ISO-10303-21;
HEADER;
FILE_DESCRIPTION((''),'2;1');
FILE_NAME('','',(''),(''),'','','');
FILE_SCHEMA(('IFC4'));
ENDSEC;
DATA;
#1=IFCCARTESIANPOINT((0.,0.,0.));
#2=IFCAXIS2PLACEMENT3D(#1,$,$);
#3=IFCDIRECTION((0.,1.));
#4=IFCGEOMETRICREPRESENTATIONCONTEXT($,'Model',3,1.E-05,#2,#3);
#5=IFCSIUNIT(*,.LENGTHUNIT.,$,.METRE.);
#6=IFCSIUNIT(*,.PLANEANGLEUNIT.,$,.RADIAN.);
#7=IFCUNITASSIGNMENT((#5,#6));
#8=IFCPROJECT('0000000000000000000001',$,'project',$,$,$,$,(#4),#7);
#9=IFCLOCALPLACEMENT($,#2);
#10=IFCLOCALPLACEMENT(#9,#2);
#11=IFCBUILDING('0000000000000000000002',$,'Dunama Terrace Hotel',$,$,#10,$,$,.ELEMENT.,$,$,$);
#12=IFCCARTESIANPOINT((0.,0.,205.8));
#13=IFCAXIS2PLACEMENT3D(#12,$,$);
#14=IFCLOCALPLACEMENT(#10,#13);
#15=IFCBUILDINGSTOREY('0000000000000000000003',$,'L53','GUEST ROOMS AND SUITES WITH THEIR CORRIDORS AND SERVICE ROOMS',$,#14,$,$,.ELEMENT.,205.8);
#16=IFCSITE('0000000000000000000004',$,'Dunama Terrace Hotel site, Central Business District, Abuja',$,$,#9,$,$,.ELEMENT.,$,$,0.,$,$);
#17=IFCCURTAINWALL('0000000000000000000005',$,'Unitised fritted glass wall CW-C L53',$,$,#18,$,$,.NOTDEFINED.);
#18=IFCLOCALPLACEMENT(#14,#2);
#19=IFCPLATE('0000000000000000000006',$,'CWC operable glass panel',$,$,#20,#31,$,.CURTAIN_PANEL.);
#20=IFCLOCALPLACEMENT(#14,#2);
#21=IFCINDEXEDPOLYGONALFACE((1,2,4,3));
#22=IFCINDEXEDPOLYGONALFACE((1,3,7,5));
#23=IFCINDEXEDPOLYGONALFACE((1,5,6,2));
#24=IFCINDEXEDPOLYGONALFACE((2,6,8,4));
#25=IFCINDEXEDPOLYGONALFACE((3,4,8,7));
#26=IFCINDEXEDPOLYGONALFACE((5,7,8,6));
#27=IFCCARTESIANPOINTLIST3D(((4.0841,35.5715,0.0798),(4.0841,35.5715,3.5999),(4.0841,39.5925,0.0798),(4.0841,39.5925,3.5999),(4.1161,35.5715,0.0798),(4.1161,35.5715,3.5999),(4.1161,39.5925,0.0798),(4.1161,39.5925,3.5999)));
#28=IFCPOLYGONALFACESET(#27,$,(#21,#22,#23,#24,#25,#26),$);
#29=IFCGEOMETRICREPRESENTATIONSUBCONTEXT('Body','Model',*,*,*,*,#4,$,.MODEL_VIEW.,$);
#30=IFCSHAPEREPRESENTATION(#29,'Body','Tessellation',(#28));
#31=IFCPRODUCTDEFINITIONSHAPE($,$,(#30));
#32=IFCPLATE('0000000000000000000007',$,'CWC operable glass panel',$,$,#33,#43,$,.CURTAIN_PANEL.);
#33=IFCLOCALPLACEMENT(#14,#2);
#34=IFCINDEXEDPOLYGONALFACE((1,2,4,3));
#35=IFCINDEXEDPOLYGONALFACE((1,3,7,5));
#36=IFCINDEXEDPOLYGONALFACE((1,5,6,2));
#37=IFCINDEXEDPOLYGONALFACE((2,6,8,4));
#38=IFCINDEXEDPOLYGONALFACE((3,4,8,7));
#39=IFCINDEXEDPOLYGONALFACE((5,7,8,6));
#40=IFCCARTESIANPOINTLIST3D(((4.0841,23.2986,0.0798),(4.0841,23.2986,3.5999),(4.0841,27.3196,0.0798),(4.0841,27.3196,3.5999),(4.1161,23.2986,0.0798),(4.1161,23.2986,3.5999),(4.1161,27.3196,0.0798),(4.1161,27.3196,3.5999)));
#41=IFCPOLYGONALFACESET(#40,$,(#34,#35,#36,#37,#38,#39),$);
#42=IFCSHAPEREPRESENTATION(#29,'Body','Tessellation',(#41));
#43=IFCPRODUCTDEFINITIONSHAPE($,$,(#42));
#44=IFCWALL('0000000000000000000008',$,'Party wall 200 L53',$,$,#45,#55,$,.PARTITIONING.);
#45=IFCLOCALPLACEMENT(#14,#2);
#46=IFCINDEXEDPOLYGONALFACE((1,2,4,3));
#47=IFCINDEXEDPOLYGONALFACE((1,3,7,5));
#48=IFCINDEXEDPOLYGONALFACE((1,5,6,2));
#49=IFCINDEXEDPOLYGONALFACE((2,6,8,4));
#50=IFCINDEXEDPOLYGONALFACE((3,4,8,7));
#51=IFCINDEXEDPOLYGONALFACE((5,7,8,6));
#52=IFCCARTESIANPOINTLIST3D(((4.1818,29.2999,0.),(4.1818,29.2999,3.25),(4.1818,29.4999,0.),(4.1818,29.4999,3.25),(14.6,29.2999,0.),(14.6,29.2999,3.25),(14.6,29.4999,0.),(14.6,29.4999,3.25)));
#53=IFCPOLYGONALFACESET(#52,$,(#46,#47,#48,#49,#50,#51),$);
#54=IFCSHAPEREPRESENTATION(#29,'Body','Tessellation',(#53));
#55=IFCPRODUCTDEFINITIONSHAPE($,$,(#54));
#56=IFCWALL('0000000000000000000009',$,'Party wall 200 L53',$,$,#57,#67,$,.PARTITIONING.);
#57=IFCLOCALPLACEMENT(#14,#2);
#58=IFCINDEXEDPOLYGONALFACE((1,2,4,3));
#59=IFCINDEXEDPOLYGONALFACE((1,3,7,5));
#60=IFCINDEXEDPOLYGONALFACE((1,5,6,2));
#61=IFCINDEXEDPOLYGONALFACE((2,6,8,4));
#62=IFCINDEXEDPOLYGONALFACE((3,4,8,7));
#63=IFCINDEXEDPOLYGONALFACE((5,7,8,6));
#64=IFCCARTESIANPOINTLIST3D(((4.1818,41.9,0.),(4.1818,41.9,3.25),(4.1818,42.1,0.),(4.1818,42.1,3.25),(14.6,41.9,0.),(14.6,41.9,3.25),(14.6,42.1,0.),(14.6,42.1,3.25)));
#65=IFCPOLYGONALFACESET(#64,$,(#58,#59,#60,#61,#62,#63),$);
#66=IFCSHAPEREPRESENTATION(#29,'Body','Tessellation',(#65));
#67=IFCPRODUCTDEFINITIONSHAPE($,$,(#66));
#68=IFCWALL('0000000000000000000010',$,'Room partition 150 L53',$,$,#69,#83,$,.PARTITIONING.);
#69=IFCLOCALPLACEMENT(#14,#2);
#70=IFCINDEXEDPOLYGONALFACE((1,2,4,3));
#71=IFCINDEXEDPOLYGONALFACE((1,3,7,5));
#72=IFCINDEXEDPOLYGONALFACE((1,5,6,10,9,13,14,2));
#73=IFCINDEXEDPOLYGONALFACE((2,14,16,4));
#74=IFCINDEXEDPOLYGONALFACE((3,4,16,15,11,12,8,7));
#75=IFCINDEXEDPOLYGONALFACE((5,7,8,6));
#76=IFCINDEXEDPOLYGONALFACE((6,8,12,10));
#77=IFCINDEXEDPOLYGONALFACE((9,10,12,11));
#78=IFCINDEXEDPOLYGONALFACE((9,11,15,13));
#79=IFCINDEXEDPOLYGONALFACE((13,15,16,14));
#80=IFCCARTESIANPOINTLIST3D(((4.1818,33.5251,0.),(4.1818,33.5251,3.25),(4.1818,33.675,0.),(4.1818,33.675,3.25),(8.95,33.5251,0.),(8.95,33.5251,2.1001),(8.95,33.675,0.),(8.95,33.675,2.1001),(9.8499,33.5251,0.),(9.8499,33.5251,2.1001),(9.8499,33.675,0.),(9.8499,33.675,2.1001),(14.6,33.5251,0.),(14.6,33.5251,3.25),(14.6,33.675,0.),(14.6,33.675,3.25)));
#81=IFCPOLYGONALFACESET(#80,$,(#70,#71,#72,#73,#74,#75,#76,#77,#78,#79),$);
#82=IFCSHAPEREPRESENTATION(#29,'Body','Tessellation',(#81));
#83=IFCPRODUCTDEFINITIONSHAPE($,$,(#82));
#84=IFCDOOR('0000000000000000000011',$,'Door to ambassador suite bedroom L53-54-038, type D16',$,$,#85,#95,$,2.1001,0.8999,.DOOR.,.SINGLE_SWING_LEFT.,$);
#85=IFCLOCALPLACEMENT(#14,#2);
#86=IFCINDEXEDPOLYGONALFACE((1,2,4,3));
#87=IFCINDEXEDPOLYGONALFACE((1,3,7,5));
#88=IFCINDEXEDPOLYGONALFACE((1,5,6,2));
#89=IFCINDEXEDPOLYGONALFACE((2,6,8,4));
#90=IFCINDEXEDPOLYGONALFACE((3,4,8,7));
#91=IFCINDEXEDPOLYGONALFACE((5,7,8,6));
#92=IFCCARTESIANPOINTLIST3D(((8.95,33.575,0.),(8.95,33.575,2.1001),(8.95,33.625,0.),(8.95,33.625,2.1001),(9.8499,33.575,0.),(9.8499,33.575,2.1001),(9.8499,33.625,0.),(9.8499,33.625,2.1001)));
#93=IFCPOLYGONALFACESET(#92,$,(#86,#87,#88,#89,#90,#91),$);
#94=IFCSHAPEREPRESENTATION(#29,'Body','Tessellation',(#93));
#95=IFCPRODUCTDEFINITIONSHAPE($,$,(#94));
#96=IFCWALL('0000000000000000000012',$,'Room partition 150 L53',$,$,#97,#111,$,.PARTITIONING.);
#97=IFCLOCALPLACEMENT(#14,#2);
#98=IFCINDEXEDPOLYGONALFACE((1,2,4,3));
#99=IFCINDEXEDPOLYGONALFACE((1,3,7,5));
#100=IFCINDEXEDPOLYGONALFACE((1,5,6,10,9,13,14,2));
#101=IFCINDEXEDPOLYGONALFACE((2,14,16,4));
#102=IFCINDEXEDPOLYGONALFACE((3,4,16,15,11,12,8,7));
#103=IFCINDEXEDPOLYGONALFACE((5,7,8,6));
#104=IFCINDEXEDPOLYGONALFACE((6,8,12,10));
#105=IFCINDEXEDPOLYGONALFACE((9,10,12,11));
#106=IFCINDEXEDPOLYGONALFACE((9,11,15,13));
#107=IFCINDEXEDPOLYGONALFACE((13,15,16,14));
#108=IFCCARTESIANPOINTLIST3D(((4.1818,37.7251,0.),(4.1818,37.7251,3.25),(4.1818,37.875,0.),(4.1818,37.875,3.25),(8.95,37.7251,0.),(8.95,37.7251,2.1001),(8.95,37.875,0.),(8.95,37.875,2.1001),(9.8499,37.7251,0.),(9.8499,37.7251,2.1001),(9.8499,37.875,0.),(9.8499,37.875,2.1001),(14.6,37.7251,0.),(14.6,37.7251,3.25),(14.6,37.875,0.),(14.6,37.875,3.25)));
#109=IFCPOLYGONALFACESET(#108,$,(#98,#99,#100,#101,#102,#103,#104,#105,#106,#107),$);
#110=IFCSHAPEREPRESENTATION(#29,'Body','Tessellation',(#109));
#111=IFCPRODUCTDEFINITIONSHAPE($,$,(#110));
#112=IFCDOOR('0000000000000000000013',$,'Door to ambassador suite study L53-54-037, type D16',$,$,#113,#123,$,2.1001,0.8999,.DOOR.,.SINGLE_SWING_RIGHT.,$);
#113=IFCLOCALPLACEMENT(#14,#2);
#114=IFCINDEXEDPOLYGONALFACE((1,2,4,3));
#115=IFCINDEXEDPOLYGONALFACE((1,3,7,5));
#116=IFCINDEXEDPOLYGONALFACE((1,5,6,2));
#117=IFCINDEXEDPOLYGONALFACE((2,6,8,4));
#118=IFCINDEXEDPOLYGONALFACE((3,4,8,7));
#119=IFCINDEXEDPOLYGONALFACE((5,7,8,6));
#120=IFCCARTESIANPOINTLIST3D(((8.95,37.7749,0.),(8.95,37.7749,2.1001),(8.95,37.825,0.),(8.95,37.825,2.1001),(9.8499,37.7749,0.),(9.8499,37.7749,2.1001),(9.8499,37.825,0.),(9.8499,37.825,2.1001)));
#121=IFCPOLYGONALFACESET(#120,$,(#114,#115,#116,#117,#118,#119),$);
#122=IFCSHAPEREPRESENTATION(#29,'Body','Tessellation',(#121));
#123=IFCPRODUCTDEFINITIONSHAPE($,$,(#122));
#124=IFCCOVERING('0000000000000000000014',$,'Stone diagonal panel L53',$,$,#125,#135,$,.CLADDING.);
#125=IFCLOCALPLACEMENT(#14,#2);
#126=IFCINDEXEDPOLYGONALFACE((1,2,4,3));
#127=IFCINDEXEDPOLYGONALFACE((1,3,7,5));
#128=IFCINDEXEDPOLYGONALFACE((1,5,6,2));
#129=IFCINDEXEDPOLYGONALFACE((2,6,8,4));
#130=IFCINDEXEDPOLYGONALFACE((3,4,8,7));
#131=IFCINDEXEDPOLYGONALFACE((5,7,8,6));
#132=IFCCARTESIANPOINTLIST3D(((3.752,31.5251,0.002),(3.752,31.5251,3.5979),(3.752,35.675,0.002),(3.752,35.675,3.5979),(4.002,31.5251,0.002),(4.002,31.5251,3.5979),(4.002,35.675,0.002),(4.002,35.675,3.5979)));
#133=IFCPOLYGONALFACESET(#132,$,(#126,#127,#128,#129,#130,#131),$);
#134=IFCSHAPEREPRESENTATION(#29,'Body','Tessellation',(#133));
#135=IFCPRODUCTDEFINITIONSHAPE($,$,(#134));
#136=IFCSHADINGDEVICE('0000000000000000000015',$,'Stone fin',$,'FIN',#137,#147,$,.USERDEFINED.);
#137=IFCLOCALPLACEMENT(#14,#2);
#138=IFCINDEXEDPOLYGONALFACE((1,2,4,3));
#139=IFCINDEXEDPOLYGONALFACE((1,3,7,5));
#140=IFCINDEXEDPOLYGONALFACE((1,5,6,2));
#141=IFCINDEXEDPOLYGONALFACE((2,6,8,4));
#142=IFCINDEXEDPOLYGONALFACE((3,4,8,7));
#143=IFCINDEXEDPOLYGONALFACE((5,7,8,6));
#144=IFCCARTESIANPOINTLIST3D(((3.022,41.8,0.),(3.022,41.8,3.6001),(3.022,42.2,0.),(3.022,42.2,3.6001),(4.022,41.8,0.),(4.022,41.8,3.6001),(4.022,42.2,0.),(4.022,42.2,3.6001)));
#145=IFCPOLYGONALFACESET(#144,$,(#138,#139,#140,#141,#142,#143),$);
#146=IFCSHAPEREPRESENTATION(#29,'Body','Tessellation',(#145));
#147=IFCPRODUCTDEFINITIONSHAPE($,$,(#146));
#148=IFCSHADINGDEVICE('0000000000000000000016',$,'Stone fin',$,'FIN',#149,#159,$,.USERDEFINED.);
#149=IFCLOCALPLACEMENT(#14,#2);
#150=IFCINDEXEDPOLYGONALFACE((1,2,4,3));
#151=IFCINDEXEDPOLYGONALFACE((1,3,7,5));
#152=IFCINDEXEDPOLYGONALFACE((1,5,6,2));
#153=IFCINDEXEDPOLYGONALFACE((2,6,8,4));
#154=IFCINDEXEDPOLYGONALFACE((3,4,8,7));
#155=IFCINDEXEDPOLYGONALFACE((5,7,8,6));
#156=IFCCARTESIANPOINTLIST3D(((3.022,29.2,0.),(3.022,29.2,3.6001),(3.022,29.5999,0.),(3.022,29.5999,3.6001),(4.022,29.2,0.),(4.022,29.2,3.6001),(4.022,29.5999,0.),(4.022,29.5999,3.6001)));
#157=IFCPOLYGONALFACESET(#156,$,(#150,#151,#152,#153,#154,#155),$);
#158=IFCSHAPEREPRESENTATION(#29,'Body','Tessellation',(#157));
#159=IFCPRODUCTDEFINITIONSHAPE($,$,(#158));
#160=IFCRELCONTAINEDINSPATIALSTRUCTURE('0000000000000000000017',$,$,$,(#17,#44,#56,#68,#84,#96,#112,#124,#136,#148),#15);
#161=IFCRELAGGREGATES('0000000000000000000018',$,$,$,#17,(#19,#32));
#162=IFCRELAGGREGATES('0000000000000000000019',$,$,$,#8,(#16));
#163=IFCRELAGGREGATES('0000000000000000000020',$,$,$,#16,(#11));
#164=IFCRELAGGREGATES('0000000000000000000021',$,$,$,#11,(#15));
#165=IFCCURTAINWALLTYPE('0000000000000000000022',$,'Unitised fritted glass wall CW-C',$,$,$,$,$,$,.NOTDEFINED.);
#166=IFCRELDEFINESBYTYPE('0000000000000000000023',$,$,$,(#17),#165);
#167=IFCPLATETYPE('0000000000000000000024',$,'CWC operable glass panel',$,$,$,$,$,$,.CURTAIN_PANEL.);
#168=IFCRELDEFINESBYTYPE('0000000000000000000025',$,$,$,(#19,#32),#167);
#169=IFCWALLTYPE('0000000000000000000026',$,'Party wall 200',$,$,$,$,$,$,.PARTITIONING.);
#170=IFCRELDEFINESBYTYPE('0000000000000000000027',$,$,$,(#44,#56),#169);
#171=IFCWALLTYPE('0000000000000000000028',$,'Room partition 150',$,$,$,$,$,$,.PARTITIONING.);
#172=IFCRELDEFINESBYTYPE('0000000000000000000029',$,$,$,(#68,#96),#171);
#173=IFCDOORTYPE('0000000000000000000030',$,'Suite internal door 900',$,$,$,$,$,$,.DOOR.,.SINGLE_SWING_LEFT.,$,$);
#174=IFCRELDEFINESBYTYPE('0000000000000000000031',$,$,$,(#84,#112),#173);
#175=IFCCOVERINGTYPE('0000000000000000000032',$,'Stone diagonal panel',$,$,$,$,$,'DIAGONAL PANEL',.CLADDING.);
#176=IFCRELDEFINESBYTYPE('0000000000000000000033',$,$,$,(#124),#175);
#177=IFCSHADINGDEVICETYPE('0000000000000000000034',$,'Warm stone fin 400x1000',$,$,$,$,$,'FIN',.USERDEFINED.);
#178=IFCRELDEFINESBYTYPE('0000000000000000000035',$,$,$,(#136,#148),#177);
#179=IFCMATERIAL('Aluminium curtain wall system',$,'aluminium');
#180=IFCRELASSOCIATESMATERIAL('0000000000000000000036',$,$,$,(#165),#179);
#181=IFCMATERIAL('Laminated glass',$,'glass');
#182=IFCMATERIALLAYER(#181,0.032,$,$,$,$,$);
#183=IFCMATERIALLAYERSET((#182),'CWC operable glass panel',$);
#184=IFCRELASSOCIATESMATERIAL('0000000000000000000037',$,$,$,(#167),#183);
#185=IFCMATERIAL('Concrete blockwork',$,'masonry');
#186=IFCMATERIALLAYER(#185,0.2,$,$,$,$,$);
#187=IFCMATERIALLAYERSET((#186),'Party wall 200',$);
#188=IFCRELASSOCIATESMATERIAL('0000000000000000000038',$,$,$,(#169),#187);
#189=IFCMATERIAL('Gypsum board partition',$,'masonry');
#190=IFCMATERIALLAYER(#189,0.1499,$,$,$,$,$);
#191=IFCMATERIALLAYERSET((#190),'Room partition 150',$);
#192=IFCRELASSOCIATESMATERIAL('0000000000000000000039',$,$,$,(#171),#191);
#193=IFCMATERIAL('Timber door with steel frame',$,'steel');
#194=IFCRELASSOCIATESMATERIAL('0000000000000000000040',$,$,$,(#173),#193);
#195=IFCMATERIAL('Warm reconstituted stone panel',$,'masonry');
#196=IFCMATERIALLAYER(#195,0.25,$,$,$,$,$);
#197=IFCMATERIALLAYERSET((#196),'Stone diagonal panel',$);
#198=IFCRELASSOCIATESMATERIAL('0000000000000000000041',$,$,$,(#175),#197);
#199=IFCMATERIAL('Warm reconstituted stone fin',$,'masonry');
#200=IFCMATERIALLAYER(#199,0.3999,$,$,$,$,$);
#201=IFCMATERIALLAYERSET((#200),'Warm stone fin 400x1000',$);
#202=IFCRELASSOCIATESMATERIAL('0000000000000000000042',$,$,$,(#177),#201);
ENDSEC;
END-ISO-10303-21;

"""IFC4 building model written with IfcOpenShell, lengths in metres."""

from ifc_helpers import new_model, si_unit, direction, frame, frame_2d, origin, origin_2d, place, context, subcontext, project, spatial, rectangle, extrude, material, layer, layer_set, type_object, element, fill, aggregate, save


model = new_model("IFC4")

# Units and contexts
model_context = context("Model", 3, precision=1e-05, world=origin(), true_north=direction((0.0, 1.0)))
body_context = subcontext(model_context, "Body", "Model", "MODEL_VIEW")
ifc_project = project(units=[si_unit("LENGTHUNIT", "METRE"), si_unit("PLANEANGLEUNIT", "RADIAN")], contexts=[model_context])

# Site, building, storey
site_placement = place(None, origin())
site = spatial("IfcSite", under=ifc_project, at=site_placement, Name="Dunama Terrace Hotel site, Central Business District, Abuja", CompositionType="ELEMENT", RefElevation=0.0)
building_placement = place(site_placement, origin())
building = spatial("IfcBuilding", under=site, at=building_placement, Name="Dunama Terrace Hotel", CompositionType="ELEMENT")
storey_placement = place(building_placement, frame((0.0, 0.0, 205.8)))
storey = spatial("IfcBuildingStorey", under=building, at=storey_placement, Name="L53", Description="GUEST ROOMS AND SUITES WITH THEIR CORRIDORS AND SERVICE ROOMS", CompositionType="ELEMENT", Elevation=205.8)

# Curtain wall, plates
ifc_material_1 = material(Name="Aluminium curtain wall system", Category="aluminium")
curtain_wall_type = type_object("IfcCurtainWallType", Name="Unitised fritted glass wall CW-C", PredefinedType="NOTDEFINED", material=ifc_material_1)
curtain_wall_placement = place(storey_placement, origin())
curtain_wall = element("IfcCurtainWall", 1, at=curtain_wall_placement, inside=storey, type_object=curtain_wall_type, Name="Unitised fritted glass wall CW-C L53", PredefinedType="NOTDEFINED")
ifc_material_2 = material(Name="Laminated glass", Category="glass")
ifc_layer_1 = layer(ifc_material_2, 0.032)
ifc_layer_set_1 = layer_set([ifc_layer_1], Name="CWC operable glass panel")
plate_type_1 = type_object("IfcPlateType", Name="CWC operable glass panel", PredefinedType="CURTAIN_PANEL", material=ifc_layer_set_1)
plate_1_placement = place(storey_placement, frame((4.1001, 37.582, 0.0798), z_axis=(0.0, 0.0, 1.0), x_axis=(0.0, -1.0, 0.0)))
plate_1 = element("IfcPlate", 2, at=plate_1_placement, type_object=plate_type_1, Name="CWC operable glass panel", PredefinedType="CURTAIN_PANEL", context=body_context, shape_type="SweptSolid", body=[
    extrude(rectangle(XDim=4.021, YDim=0.032, at=origin_2d()), origin(), (0.0, 0.0, 1.0), 3.52),
])
plate_2_placement = place(storey_placement, frame((4.1001, 25.3091, 0.0798), z_axis=(0.0, 0.0, 1.0), x_axis=(0.0, -1.0, 0.0)))
plate_2 = element("IfcPlate", 3, at=plate_2_placement, type_object=plate_type_1, Name="CWC operable glass panel", PredefinedType="CURTAIN_PANEL", context=body_context, shape_type="SweptSolid", body=[
    extrude(rectangle(XDim=4.021, YDim=0.032, at=origin_2d()), origin(), (0.0, 0.0, 1.0), 3.52),
])
aggregate(curtain_wall, [plate_1, plate_2])

# Walls
ifc_material_3 = material(Name="Concrete blockwork", Category="masonry")
ifc_layer_2 = layer(ifc_material_3, 0.2)
ifc_layer_set_2 = layer_set([ifc_layer_2], Name="Party wall 200")
wall_type_1 = type_object("IfcWallType", Name="Party wall 200", PredefinedType="PARTITIONING", material=ifc_layer_set_2)
for number, where, z_axis, x_axis, name in (
    (4, (4.1819, 29.3999, 0.0), (0.0, 0.0, 1.0), (1.0, 0.0, 0.0), "Party wall 200 L53"),
    (5, (4.1819, 42.0, 0.0), (0.0, 0.0, 1.0), (1.0, 0.0, 0.0), "Party wall 200 L53"),
):
    element("IfcWall", number, at=place(storey_placement, frame(where, z_axis=z_axis, x_axis=x_axis)), inside=storey, type_object=wall_type_1, Name=name, PredefinedType="PARTITIONING", context=body_context, shape_type="SweptSolid", body=[
        extrude(rectangle(XDim=10.4182, YDim=0.2, at=frame_2d((5.209, 0.0))), origin(), (0.0, 0.0, 1.0), 3.25),
    ])

# Walls, openings, doors
ifc_material_4 = material(Name="Gypsum board partition", Category="masonry")
ifc_layer_3 = layer(ifc_material_4, 0.1499)
ifc_layer_set_3 = layer_set([ifc_layer_3], Name="Room partition 150")
wall_type_2 = type_object("IfcWallType", Name="Room partition 150", PredefinedType="PARTITIONING", material=ifc_layer_set_3)
wall_1_placement = place(storey_placement, frame((4.1819, 33.6001, 0.0), z_axis=(0.0, 0.0, 1.0), x_axis=(1.0, 0.0, 0.0)))
wall_1 = element("IfcWall", 6, at=wall_1_placement, inside=storey, type_object=wall_type_2, Name="Room partition 150 L53", PredefinedType="PARTITIONING", context=body_context, shape_type="SweptSolid", body=[
    extrude(rectangle(XDim=10.4182, YDim=0.1499, at=frame_2d((5.209, 0.0))), origin(), (0.0, 0.0, 1.0), 3.25),
])
opening_1_placement = place(wall_1_placement, frame((4.7681, 0.0, 0.0)))
opening_1 = element("IfcOpeningElement", 7, at=opening_1_placement, cuts=wall_1, PredefinedType="OPENING", context=body_context, shape_type="SweptSolid", body=[
    extrude(rectangle(XDim=0.8999, YDim=2.1001, at=frame_2d((0.45, 1.05))), frame((0.0, 0.085, 0.0), z_axis=(0.0, -1.0, 0.0), x_axis=(1.0, 0.0, 0.0)), (0.0, 0.0, 1.0), 0.1699),
])
ifc_material_5 = material(Name="Timber door with steel frame", Category="steel")
door_type = type_object("IfcDoorType", Name="Suite internal door 900", OperationType="SINGLE_SWING_LEFT", PredefinedType="DOOR", material=ifc_material_5)
door_1_placement = place(opening_1_placement, frame((0.8999, 0.0, 0.0), z_axis=(0.0, 0.0, 1.0), x_axis=(-1.0, 0.0, 0.0)))
door_1 = element("IfcDoor", 8, at=door_1_placement, inside=storey, type_object=door_type, Name="Door to ambassador suite bedroom L53-54-038, type D16", OperationType="SINGLE_SWING_LEFT", OverallHeight=2.1001, OverallWidth=0.8999, PredefinedType="DOOR", context=body_context, shape_type="SweptSolid", body=[
    extrude(rectangle(XDim=0.8999, YDim=2.1001, at=frame_2d((0.45, 1.05))), frame((0.0, 0.0251, 0.0), z_axis=(0.0, -1.0, 0.0), x_axis=(1.0, 0.0, 0.0)), (0.0, 0.0, 1.0), 0.05),
])
fill(opening_1, door_1)
wall_2_placement = place(storey_placement, frame((4.1819, 37.8, 0.0), z_axis=(0.0, 0.0, 1.0), x_axis=(1.0, 0.0, 0.0)))
wall_2 = element("IfcWall", 9, at=wall_2_placement, inside=storey, type_object=wall_type_2, Name="Room partition 150 L53", PredefinedType="PARTITIONING", context=body_context, shape_type="SweptSolid", body=[
    extrude(rectangle(XDim=10.4182, YDim=0.1499, at=frame_2d((5.209, 0.0))), origin(), (0.0, 0.0, 1.0), 3.25),
])
opening_2_placement = place(wall_2_placement, frame((4.7681, 0.0, 0.0)))
opening_2 = element("IfcOpeningElement", 10, at=opening_2_placement, cuts=wall_2, PredefinedType="OPENING", context=body_context, shape_type="SweptSolid", body=[
    extrude(rectangle(XDim=0.8999, YDim=2.1001, at=frame_2d((0.45, 1.05))), frame((0.0, 0.085, 0.0), z_axis=(0.0, -1.0, 0.0), x_axis=(1.0, 0.0, 0.0)), (0.0, 0.0, 1.0), 0.1699),
])
door_2_placement = place(opening_2_placement, origin())
door_2 = element("IfcDoor", 11, at=door_2_placement, inside=storey, type_object=door_type, Name="Door to ambassador suite study L53-54-037, type D16", OperationType="SINGLE_SWING_RIGHT", OverallHeight=2.1001, OverallWidth=0.8999, PredefinedType="DOOR", context=body_context, shape_type="SweptSolid", body=[
    extrude(rectangle(XDim=0.8999, YDim=2.1001, at=frame_2d((0.45, 1.05))), frame((0.0, 0.0249, 0.0), z_axis=(0.0, -1.0, 0.0), x_axis=(1.0, 0.0, 0.0)), (0.0, 0.0, 1.0), 0.05),
])
fill(opening_2, door_2)

# Covering
ifc_material_6 = material(Name="Warm reconstituted stone panel", Category="masonry")
ifc_layer_4 = layer(ifc_material_6, 0.25)
ifc_layer_set_4 = layer_set([ifc_layer_4], Name="Stone diagonal panel")
covering_type = type_object("IfcCoveringType", Name="Stone diagonal panel", ElementType="DIAGONAL PANEL", PredefinedType="CLADDING", material=ifc_layer_set_4)
covering_placement = place(storey_placement, frame((3.877, 33.6001, 0.002), z_axis=(0.0, 0.0, 1.0), x_axis=(0.0, -1.0, 0.0)))
element("IfcCovering", 12, at=covering_placement, inside=storey, type_object=covering_type, Name="Stone diagonal panel L53", PredefinedType="CLADDING", context=body_context, shape_type="SweptSolid", body=[
    extrude(rectangle(XDim=4.1499, YDim=0.25, at=origin_2d()), origin(), (0.0, 0.0, 1.0), 3.5959),
])

# Shading devices
ifc_material_7 = material(Name="Warm reconstituted stone fin", Category="masonry")
ifc_layer_5 = layer(ifc_material_7, 0.3999)
ifc_layer_set_5 = layer_set([ifc_layer_5], Name="Warm stone fin 400x1000")
shading_device_type = type_object("IfcShadingDeviceType", Name="Warm stone fin 400x1000", ElementType="FIN", PredefinedType="USERDEFINED", material=ifc_layer_set_5)
for number, where, z_axis, x_axis, name in (
    (13, (3.522, 42.0, 0.0), (0.0, 0.0, 1.0), (0.0, -1.0, 0.0), "Stone fin"),
    (14, (3.522, 29.3999, 0.0), (0.0, 0.0, 1.0), (0.0, -1.0, 0.0), "Stone fin"),
):
    element("IfcShadingDevice", number, at=place(storey_placement, frame(where, z_axis=z_axis, x_axis=x_axis)), inside=storey, type_object=shading_device_type, Name=name, ObjectType="FIN", PredefinedType="USERDEFINED", context=body_context, shape_type="SweptSolid", body=[
        extrude(rectangle(XDim=0.3999, YDim=1.0, at=origin_2d()), origin(), (0.0, 0.0, 1.0), 3.6001),
    ])

save(model, "model.ifc")
